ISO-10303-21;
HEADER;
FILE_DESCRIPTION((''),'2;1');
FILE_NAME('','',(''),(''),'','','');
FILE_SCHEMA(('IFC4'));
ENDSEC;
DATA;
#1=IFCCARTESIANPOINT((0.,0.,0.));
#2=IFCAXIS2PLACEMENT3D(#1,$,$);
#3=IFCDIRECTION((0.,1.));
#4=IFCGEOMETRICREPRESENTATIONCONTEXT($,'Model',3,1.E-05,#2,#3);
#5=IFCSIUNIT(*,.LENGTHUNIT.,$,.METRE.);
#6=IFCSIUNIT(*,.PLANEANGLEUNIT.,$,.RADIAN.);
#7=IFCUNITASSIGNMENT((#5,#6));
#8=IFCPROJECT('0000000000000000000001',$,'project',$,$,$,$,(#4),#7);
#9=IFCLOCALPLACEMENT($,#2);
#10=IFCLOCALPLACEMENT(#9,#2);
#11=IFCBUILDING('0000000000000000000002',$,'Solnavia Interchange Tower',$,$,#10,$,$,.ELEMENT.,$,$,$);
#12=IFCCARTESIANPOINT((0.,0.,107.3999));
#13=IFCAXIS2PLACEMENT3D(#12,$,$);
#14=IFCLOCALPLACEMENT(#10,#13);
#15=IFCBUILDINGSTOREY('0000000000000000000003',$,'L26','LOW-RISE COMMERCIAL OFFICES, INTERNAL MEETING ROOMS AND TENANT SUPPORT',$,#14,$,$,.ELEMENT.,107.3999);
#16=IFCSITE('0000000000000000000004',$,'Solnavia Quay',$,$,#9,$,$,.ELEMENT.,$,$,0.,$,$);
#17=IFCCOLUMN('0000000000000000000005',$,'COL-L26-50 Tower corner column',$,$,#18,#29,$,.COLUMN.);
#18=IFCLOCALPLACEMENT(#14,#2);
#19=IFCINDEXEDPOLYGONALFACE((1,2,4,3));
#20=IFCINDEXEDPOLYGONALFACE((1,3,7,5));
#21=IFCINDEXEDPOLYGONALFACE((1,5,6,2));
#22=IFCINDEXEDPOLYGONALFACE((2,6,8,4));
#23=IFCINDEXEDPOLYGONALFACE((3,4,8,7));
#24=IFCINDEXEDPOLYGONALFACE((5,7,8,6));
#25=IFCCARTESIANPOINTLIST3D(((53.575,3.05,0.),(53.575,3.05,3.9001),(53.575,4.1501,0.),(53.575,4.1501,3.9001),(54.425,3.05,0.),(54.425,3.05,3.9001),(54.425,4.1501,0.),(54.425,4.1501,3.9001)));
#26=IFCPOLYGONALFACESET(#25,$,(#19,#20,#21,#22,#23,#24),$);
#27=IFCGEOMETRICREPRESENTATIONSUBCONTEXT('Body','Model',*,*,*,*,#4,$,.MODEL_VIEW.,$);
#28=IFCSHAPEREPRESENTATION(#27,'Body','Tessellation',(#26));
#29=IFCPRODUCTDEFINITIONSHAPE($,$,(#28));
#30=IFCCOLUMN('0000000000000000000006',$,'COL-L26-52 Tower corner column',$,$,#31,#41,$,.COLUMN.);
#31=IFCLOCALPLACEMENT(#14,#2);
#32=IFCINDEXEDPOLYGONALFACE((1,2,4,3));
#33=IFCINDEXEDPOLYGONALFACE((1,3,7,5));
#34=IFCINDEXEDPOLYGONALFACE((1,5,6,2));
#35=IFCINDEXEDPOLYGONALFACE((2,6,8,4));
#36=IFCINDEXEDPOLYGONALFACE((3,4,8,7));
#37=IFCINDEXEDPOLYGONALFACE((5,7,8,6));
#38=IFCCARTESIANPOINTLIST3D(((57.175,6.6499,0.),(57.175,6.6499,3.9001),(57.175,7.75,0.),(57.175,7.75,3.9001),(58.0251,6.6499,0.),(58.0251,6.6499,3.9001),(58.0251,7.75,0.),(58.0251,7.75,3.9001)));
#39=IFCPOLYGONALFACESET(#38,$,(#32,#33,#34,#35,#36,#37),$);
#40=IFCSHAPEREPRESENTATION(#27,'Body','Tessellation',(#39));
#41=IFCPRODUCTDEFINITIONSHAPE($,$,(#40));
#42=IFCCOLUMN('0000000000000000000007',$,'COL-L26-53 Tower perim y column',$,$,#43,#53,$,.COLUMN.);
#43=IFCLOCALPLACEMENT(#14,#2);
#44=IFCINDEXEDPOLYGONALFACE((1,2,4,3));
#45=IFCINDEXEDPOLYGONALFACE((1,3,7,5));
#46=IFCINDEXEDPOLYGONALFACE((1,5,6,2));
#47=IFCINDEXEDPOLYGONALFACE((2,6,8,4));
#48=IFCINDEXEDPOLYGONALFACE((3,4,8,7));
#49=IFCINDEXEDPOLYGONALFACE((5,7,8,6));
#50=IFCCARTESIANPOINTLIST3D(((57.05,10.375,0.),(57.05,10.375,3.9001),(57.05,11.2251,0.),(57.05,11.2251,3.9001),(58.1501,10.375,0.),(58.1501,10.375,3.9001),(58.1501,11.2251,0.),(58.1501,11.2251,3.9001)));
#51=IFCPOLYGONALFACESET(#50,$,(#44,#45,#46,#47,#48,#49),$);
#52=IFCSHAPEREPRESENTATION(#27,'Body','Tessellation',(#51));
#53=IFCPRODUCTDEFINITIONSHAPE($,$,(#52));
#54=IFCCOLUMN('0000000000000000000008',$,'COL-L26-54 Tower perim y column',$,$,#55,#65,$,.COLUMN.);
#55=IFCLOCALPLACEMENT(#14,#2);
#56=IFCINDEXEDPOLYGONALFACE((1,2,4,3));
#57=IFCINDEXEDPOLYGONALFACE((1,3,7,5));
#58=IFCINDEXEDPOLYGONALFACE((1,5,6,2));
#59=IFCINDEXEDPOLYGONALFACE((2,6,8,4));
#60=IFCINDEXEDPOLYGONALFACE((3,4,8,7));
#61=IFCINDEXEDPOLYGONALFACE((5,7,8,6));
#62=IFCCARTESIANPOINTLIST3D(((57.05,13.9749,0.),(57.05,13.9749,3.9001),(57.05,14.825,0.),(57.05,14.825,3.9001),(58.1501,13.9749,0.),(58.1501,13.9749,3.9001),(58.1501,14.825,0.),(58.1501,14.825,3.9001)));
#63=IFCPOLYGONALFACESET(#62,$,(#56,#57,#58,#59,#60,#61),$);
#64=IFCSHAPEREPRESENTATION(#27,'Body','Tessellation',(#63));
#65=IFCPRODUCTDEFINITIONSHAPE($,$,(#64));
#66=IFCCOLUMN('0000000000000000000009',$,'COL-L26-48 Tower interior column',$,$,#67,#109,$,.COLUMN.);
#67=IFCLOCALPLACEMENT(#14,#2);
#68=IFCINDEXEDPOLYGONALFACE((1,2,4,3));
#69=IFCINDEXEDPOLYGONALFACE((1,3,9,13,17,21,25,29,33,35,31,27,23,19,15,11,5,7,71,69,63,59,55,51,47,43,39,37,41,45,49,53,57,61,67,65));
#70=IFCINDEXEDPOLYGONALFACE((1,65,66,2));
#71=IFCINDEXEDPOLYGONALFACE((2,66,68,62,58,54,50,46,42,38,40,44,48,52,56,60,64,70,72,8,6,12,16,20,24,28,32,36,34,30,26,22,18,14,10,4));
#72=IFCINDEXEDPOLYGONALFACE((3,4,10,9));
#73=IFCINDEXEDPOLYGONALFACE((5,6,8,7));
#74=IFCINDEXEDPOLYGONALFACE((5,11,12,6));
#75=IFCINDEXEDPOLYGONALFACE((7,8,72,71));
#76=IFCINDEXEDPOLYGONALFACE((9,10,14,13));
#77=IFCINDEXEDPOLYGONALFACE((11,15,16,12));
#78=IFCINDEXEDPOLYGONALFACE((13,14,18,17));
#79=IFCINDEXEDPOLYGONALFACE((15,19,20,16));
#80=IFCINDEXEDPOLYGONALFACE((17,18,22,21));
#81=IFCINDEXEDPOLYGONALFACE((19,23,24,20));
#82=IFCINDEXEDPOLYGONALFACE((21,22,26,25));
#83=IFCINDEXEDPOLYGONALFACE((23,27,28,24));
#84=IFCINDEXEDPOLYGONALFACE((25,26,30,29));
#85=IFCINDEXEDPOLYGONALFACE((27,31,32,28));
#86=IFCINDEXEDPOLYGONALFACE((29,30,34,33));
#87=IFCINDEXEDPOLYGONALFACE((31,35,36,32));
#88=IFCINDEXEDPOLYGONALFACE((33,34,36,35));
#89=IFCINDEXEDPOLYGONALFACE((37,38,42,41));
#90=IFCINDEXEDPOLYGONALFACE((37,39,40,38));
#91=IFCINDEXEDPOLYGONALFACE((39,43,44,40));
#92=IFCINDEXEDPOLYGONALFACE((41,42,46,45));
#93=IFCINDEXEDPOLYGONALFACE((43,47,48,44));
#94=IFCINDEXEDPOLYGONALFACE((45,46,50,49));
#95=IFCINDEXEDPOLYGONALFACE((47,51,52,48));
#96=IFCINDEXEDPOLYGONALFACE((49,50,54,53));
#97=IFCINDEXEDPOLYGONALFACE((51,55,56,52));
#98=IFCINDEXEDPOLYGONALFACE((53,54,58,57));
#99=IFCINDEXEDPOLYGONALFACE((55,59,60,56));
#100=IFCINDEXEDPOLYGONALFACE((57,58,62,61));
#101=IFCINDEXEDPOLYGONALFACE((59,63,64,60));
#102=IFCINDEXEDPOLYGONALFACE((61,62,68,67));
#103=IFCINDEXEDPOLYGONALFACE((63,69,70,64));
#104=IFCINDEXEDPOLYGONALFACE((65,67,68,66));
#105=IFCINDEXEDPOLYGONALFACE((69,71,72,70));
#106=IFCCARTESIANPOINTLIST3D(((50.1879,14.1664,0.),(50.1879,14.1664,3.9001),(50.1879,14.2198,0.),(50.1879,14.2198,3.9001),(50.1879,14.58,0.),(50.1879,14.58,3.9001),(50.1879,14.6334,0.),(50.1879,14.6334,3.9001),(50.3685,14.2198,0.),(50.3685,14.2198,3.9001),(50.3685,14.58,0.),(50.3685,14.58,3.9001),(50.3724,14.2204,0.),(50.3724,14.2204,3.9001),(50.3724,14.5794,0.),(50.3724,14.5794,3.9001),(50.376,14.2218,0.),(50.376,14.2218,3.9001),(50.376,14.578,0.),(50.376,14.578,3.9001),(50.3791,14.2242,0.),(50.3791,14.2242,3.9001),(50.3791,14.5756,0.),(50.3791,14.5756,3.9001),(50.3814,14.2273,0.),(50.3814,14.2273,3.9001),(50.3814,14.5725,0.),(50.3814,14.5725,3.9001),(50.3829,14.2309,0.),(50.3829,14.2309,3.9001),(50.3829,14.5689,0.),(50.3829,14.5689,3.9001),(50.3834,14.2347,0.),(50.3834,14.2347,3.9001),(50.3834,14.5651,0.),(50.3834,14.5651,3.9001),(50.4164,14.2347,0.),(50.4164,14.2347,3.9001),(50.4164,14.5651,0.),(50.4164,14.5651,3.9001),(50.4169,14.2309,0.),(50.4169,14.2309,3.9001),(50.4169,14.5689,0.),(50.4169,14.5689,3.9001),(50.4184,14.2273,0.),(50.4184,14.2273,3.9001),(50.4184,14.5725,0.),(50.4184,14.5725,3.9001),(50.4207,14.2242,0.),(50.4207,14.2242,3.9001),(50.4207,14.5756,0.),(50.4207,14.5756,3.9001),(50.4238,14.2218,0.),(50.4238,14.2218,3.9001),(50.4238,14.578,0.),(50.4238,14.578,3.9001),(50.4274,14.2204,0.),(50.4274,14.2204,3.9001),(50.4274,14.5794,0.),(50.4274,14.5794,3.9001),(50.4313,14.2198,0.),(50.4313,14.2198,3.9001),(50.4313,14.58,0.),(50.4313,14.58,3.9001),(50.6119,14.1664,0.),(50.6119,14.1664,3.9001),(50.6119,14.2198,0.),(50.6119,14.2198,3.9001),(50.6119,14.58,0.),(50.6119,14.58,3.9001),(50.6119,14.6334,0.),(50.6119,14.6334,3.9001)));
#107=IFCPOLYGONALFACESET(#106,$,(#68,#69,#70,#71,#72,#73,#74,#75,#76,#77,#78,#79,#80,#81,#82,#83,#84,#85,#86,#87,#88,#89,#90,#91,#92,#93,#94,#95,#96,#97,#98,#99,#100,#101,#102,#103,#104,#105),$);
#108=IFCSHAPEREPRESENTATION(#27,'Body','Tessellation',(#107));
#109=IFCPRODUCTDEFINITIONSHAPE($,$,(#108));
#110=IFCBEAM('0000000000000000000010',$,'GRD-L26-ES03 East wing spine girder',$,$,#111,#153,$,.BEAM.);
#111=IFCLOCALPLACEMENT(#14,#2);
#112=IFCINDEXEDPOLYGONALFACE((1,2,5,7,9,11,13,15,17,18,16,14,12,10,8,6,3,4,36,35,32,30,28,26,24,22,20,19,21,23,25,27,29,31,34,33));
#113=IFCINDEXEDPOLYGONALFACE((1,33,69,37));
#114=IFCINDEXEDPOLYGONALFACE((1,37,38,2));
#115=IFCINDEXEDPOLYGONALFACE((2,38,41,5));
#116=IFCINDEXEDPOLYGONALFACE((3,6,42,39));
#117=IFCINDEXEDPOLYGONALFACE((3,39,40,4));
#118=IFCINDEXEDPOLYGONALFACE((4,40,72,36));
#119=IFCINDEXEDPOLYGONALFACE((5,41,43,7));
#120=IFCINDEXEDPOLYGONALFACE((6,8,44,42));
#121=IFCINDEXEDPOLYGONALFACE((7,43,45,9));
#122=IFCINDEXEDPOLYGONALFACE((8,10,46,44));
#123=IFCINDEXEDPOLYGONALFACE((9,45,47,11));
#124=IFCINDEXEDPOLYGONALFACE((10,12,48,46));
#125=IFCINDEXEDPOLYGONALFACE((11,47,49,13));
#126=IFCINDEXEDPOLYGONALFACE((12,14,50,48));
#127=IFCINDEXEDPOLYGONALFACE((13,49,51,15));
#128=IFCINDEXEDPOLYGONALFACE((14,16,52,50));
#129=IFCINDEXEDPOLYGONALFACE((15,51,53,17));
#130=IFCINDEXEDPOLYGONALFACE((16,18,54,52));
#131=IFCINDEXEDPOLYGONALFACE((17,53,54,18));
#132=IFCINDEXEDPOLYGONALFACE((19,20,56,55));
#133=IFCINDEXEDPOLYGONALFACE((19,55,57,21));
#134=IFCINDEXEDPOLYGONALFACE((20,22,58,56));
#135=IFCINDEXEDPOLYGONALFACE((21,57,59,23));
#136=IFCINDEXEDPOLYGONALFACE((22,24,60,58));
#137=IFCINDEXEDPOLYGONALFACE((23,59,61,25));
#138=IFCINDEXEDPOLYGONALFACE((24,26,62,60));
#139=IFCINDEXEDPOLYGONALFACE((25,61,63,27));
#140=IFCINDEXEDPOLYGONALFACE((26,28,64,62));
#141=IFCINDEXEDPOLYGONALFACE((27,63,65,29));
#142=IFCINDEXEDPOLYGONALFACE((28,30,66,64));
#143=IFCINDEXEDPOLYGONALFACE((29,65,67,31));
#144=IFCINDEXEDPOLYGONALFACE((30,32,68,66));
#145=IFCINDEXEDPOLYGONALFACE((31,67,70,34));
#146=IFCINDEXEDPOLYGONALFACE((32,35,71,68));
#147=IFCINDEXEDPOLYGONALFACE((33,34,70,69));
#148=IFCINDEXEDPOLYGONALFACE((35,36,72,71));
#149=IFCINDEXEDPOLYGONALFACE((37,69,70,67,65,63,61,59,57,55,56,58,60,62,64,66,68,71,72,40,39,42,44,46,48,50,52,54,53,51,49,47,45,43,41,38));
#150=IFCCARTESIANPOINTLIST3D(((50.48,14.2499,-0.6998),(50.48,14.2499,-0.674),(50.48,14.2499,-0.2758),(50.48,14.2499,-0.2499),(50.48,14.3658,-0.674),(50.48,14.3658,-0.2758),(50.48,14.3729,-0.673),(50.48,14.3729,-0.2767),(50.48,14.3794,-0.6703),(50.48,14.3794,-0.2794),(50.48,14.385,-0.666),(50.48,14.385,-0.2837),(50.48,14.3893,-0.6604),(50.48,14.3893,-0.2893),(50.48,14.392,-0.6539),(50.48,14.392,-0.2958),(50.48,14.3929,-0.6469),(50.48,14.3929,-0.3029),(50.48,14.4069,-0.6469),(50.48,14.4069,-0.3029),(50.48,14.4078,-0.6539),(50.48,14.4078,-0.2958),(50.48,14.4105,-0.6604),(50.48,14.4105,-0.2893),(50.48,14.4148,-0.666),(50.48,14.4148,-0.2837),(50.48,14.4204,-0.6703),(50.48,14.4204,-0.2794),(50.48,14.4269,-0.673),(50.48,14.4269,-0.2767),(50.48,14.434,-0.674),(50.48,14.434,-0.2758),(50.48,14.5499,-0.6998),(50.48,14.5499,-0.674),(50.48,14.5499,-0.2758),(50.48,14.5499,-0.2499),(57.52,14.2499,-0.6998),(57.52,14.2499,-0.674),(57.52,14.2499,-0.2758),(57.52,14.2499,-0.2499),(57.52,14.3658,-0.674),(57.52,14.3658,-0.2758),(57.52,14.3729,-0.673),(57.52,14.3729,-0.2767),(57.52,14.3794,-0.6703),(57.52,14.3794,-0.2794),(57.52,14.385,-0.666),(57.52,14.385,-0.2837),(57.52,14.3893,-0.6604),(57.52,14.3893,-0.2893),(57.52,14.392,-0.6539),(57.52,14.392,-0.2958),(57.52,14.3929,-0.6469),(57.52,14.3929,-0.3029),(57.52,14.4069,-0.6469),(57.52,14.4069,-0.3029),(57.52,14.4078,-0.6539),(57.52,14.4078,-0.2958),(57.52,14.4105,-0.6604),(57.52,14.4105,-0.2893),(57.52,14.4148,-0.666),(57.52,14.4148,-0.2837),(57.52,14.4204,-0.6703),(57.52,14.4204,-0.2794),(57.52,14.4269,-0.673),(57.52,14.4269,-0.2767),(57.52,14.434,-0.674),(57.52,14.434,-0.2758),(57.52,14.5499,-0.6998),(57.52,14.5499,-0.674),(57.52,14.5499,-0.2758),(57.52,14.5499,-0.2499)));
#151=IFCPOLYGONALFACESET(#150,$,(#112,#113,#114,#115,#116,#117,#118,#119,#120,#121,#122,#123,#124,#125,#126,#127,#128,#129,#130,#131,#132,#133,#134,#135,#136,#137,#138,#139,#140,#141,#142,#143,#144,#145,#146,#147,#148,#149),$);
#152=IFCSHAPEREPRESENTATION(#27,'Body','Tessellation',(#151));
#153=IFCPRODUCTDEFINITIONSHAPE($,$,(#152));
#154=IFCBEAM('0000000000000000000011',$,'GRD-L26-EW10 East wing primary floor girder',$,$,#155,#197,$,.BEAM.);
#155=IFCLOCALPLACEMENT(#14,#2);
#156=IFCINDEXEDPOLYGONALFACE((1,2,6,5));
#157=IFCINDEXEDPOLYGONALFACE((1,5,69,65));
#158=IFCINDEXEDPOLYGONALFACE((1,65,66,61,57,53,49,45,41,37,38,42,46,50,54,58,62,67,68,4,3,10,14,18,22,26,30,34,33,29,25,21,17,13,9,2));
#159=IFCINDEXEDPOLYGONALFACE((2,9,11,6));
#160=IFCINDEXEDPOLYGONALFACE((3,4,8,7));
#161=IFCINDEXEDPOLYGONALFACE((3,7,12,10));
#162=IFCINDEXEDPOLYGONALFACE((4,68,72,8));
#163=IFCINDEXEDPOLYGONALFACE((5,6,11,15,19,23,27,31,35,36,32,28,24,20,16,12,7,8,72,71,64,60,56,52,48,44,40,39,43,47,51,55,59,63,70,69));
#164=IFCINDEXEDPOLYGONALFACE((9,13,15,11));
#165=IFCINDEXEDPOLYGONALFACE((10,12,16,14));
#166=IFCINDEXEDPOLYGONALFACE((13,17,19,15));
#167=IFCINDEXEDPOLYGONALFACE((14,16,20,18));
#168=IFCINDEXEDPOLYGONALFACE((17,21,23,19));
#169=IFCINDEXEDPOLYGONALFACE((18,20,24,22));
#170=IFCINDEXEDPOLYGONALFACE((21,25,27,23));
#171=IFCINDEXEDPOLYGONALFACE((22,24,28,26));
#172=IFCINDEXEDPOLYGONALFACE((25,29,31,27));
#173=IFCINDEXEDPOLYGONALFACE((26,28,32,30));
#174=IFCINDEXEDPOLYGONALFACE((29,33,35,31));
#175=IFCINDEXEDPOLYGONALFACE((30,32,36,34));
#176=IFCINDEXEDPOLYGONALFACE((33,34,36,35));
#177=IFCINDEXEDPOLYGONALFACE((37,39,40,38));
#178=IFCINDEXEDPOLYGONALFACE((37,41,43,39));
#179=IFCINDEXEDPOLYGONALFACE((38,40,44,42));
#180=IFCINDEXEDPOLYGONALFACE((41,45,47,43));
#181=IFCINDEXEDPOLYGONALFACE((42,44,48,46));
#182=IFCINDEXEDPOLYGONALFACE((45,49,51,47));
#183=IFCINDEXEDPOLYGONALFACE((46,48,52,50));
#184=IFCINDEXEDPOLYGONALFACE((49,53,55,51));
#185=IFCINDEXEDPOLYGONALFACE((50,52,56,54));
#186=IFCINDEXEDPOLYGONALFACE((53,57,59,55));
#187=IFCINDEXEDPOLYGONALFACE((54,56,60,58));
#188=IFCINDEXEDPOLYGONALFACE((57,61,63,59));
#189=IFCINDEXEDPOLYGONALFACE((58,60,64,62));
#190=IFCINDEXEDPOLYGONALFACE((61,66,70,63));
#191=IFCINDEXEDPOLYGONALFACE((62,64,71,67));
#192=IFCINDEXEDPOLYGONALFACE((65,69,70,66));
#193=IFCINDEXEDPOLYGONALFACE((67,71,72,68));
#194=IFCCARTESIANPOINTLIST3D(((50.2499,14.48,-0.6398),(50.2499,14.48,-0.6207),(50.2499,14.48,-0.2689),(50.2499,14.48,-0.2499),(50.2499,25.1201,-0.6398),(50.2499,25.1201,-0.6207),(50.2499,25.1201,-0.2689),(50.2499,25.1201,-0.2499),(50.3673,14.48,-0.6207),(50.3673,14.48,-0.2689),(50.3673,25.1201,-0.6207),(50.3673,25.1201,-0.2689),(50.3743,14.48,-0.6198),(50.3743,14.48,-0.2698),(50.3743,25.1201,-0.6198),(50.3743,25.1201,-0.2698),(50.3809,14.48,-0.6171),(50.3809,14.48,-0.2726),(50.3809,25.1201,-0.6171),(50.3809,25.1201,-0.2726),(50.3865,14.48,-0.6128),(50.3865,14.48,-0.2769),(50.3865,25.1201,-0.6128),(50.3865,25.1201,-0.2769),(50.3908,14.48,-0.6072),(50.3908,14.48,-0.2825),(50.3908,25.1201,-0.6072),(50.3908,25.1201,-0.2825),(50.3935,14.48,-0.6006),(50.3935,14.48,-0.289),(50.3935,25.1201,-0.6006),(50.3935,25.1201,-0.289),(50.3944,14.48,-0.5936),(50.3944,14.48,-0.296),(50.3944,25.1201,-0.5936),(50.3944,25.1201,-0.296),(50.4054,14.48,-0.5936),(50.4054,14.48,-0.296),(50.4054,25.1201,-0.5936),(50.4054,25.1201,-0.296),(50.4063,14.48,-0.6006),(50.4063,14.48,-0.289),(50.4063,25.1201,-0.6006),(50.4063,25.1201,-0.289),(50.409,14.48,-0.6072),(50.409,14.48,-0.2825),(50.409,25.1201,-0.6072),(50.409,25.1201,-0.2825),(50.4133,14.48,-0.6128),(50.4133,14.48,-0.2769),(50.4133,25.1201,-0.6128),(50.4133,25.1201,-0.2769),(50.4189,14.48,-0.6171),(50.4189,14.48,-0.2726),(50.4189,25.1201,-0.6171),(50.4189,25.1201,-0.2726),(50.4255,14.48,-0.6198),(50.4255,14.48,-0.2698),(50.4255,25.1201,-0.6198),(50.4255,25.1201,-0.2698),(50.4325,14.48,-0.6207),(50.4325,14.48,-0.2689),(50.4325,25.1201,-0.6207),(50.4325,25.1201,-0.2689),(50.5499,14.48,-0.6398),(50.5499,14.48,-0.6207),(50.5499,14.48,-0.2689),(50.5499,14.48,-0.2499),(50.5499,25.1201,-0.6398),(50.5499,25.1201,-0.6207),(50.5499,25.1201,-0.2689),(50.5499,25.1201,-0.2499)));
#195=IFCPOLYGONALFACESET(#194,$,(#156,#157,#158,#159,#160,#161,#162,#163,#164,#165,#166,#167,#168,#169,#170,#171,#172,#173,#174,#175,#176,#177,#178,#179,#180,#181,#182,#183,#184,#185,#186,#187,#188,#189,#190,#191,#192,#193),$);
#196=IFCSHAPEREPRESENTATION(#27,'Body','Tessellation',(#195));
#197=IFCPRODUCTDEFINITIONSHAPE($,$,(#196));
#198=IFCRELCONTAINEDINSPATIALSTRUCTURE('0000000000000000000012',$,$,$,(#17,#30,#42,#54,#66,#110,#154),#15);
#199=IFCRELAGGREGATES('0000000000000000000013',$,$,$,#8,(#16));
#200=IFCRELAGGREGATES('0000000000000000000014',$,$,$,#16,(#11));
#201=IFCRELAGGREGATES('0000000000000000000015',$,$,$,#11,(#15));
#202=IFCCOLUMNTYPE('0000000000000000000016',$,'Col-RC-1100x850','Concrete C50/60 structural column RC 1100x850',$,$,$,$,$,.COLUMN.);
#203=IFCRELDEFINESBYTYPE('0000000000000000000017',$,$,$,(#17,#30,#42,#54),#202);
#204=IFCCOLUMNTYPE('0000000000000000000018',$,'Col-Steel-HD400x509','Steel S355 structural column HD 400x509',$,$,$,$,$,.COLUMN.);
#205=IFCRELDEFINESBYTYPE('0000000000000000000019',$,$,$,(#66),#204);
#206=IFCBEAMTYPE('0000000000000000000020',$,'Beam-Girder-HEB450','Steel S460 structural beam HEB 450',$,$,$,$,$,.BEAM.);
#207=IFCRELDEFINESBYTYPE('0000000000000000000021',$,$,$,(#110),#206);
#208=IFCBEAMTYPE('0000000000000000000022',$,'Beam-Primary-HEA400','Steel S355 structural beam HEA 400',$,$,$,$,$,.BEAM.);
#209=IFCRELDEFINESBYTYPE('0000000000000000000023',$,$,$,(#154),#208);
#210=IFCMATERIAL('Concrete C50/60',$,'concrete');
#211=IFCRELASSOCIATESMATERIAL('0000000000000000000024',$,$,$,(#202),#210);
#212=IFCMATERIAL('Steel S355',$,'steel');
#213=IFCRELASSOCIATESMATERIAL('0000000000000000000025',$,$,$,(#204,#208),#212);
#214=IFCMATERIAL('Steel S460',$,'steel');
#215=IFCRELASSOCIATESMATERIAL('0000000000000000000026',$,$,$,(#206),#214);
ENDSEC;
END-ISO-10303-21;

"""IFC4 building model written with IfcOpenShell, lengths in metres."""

from ifc_helpers import new_model, si_unit, direction, frame, origin, origin_2d, place, context, subcontext, project, spatial, rectangle, i_section, extrude, material, material_profile, profile_set, type_object, element, save


model = new_model("IFC4")

# Units and contexts
model_context = context("Model", 3, precision=1e-05, world=origin(), true_north=direction((0.0, 1.0)))
body_context = subcontext(model_context, "Body", "Model", "MODEL_VIEW")
ifc_project = project(units=[si_unit("LENGTHUNIT", "METRE"), si_unit("PLANEANGLEUNIT", "RADIAN")], contexts=[model_context])

# Site, building, storey
site_placement = place(None, origin())
site = spatial("IfcSite", under=ifc_project, at=site_placement, Name="Solnavia Quay", CompositionType="ELEMENT", RefElevation=0.0)
building_placement = place(site_placement, origin())
building = spatial("IfcBuilding", under=site, at=building_placement, Name="Solnavia Interchange Tower", CompositionType="ELEMENT")
storey_placement = place(building_placement, frame((0.0, 0.0, 107.3999)))
storey = spatial("IfcBuildingStorey", under=building, at=storey_placement, Name="L26", Description="LOW-RISE COMMERCIAL OFFICES, INTERNAL MEETING ROOMS AND TENANT SUPPORT", CompositionType="ELEMENT", Elevation=107.3999)

# Columns
ifc_material_1 = material(Name="Concrete C50/60", Category="concrete")
ifc_material_profile_1 = material_profile(ifc_material_1, rectangle(XDim=0.8501, YDim=1.1001, at=origin_2d()), Name="RC 1100x850")
ifc_profile_set_1 = profile_set([ifc_material_profile_1], Name="Concrete C50/60")
column_type_1 = type_object("IfcColumnType", Name="Col-RC-1100x850", Description="Concrete C50/60 structural column RC 1100x850", PredefinedType="COLUMN", material=ifc_profile_set_1)
for number, where, z_axis, x_axis, name in (
    (1, (54.0, 3.6001, 0.0), (0.0, 0.0, 1.0), (1.0, 0.0, 0.0), "COL-L26-50 Tower corner column"),
    (2, (57.6001, 7.2, 0.0), (0.0, 0.0, 1.0), (1.0, 0.0, 0.0), "COL-L26-52 Tower corner column"),
    (3, (57.6001, 10.8, 0.0), (0.0, 0.0, 1.0), (0.0, 1.0, 0.0), "COL-L26-53 Tower perim y column"),
    (4, (57.6001, 14.3999, 0.0), (0.0, 0.0, 1.0), (0.0, 1.0, 0.0), "COL-L26-54 Tower perim y column"),
):
    element("IfcColumn", number, at=place(storey_placement, frame(where, z_axis=z_axis, x_axis=x_axis)), inside=storey, type_object=column_type_1, Name=name, PredefinedType="COLUMN", context=body_context, shape_type="SweptSolid", body=[
        extrude(rectangle(XDim=0.8501, YDim=1.1001, at=origin_2d()), origin(), (0.0, 0.0, 1.0), 3.9001),
    ])
ifc_material_2 = material(Name="Steel S355", Category="steel")
ifc_material_profile_2 = material_profile(ifc_material_2, i_section(OverallWidth=0.4241, OverallDepth=0.467, WebThickness=0.033, FlangeThickness=0.0535, FilletRadius=0.0149, at=origin_2d()), Name="HD 400x509")
ifc_profile_set_2 = profile_set([ifc_material_profile_2], Name="Steel S355")
column_type_2 = type_object("IfcColumnType", Name="Col-Steel-HD400x509", Description="Steel S355 structural column HD 400x509", PredefinedType="COLUMN", material=ifc_profile_set_2)
column_placement = place(storey_placement, frame((50.3999, 14.3999, 0.0), z_axis=(0.0, 0.0, 1.0), x_axis=(1.0, 0.0, 0.0)))
element("IfcColumn", 5, at=column_placement, inside=storey, type_object=column_type_2, Name="COL-L26-48 Tower interior column", PredefinedType="COLUMN", context=body_context, shape_type="SweptSolid", body=[
    extrude(i_section(OverallWidth=0.4241, OverallDepth=0.467, WebThickness=0.033, FlangeThickness=0.0535, FilletRadius=0.0149, at=origin_2d()), origin(), (0.0, 0.0, 1.0), 3.9001),
])

# Beams
ifc_material_3 = material(Name="Steel S460", Category="steel")
ifc_material_profile_3 = material_profile(ifc_material_3, i_section(OverallWidth=0.3, OverallDepth=0.45, WebThickness=0.0139, FlangeThickness=0.0259, FilletRadius=0.0271, at=origin_2d()), Name="HEB 450")
ifc_profile_set_3 = profile_set([ifc_material_profile_3], Name="Steel S460")
beam_type_1 = type_object("IfcBeamType", Name="Beam-Girder-HEB450", Description="Steel S460 structural beam HEB 450", PredefinedType="BEAM", material=ifc_profile_set_3)
beam_1_placement = place(storey_placement, frame((50.48, 14.3999, -0.4749), z_axis=(1.0, 0.0, 0.0), x_axis=(0.0, 1.0, 0.0)))
element("IfcBeam", 6, at=beam_1_placement, inside=storey, type_object=beam_type_1, Name="GRD-L26-ES03 East wing spine girder", PredefinedType="BEAM", context=body_context, shape_type="SweptSolid", body=[
    extrude(i_section(OverallWidth=0.3, OverallDepth=0.45, WebThickness=0.0139, FlangeThickness=0.0259, FilletRadius=0.0271, at=origin_2d()), origin(), (0.0, 0.0, 1.0), 7.04),
])
ifc_material_profile_4 = material_profile(ifc_material_2, i_section(OverallWidth=0.3, OverallDepth=0.3899, WebThickness=0.011, FlangeThickness=0.019, FilletRadius=0.0271, at=origin_2d()), Name="HEA 400")
ifc_profile_set_4 = profile_set([ifc_material_profile_4], Name="Steel S355")
beam_type_2 = type_object("IfcBeamType", Name="Beam-Primary-HEA400", Description="Steel S355 structural beam HEA 400", PredefinedType="BEAM", material=ifc_profile_set_4)
beam_2_placement = place(storey_placement, frame((50.3999, 14.48, -0.4448), z_axis=(0.0, 1.0, 0.0), x_axis=(-1.0, 0.0, 0.0)))
element("IfcBeam", 7, at=beam_2_placement, inside=storey, type_object=beam_type_2, Name="GRD-L26-EW10 East wing primary floor girder", PredefinedType="BEAM", context=body_context, shape_type="SweptSolid", body=[
    extrude(i_section(OverallWidth=0.3, OverallDepth=0.3899, WebThickness=0.011, FlangeThickness=0.019, FilletRadius=0.0271, at=origin_2d()), origin(), (0.0, 0.0, 1.0), 10.6401),
])

save(model, "model.ifc")
